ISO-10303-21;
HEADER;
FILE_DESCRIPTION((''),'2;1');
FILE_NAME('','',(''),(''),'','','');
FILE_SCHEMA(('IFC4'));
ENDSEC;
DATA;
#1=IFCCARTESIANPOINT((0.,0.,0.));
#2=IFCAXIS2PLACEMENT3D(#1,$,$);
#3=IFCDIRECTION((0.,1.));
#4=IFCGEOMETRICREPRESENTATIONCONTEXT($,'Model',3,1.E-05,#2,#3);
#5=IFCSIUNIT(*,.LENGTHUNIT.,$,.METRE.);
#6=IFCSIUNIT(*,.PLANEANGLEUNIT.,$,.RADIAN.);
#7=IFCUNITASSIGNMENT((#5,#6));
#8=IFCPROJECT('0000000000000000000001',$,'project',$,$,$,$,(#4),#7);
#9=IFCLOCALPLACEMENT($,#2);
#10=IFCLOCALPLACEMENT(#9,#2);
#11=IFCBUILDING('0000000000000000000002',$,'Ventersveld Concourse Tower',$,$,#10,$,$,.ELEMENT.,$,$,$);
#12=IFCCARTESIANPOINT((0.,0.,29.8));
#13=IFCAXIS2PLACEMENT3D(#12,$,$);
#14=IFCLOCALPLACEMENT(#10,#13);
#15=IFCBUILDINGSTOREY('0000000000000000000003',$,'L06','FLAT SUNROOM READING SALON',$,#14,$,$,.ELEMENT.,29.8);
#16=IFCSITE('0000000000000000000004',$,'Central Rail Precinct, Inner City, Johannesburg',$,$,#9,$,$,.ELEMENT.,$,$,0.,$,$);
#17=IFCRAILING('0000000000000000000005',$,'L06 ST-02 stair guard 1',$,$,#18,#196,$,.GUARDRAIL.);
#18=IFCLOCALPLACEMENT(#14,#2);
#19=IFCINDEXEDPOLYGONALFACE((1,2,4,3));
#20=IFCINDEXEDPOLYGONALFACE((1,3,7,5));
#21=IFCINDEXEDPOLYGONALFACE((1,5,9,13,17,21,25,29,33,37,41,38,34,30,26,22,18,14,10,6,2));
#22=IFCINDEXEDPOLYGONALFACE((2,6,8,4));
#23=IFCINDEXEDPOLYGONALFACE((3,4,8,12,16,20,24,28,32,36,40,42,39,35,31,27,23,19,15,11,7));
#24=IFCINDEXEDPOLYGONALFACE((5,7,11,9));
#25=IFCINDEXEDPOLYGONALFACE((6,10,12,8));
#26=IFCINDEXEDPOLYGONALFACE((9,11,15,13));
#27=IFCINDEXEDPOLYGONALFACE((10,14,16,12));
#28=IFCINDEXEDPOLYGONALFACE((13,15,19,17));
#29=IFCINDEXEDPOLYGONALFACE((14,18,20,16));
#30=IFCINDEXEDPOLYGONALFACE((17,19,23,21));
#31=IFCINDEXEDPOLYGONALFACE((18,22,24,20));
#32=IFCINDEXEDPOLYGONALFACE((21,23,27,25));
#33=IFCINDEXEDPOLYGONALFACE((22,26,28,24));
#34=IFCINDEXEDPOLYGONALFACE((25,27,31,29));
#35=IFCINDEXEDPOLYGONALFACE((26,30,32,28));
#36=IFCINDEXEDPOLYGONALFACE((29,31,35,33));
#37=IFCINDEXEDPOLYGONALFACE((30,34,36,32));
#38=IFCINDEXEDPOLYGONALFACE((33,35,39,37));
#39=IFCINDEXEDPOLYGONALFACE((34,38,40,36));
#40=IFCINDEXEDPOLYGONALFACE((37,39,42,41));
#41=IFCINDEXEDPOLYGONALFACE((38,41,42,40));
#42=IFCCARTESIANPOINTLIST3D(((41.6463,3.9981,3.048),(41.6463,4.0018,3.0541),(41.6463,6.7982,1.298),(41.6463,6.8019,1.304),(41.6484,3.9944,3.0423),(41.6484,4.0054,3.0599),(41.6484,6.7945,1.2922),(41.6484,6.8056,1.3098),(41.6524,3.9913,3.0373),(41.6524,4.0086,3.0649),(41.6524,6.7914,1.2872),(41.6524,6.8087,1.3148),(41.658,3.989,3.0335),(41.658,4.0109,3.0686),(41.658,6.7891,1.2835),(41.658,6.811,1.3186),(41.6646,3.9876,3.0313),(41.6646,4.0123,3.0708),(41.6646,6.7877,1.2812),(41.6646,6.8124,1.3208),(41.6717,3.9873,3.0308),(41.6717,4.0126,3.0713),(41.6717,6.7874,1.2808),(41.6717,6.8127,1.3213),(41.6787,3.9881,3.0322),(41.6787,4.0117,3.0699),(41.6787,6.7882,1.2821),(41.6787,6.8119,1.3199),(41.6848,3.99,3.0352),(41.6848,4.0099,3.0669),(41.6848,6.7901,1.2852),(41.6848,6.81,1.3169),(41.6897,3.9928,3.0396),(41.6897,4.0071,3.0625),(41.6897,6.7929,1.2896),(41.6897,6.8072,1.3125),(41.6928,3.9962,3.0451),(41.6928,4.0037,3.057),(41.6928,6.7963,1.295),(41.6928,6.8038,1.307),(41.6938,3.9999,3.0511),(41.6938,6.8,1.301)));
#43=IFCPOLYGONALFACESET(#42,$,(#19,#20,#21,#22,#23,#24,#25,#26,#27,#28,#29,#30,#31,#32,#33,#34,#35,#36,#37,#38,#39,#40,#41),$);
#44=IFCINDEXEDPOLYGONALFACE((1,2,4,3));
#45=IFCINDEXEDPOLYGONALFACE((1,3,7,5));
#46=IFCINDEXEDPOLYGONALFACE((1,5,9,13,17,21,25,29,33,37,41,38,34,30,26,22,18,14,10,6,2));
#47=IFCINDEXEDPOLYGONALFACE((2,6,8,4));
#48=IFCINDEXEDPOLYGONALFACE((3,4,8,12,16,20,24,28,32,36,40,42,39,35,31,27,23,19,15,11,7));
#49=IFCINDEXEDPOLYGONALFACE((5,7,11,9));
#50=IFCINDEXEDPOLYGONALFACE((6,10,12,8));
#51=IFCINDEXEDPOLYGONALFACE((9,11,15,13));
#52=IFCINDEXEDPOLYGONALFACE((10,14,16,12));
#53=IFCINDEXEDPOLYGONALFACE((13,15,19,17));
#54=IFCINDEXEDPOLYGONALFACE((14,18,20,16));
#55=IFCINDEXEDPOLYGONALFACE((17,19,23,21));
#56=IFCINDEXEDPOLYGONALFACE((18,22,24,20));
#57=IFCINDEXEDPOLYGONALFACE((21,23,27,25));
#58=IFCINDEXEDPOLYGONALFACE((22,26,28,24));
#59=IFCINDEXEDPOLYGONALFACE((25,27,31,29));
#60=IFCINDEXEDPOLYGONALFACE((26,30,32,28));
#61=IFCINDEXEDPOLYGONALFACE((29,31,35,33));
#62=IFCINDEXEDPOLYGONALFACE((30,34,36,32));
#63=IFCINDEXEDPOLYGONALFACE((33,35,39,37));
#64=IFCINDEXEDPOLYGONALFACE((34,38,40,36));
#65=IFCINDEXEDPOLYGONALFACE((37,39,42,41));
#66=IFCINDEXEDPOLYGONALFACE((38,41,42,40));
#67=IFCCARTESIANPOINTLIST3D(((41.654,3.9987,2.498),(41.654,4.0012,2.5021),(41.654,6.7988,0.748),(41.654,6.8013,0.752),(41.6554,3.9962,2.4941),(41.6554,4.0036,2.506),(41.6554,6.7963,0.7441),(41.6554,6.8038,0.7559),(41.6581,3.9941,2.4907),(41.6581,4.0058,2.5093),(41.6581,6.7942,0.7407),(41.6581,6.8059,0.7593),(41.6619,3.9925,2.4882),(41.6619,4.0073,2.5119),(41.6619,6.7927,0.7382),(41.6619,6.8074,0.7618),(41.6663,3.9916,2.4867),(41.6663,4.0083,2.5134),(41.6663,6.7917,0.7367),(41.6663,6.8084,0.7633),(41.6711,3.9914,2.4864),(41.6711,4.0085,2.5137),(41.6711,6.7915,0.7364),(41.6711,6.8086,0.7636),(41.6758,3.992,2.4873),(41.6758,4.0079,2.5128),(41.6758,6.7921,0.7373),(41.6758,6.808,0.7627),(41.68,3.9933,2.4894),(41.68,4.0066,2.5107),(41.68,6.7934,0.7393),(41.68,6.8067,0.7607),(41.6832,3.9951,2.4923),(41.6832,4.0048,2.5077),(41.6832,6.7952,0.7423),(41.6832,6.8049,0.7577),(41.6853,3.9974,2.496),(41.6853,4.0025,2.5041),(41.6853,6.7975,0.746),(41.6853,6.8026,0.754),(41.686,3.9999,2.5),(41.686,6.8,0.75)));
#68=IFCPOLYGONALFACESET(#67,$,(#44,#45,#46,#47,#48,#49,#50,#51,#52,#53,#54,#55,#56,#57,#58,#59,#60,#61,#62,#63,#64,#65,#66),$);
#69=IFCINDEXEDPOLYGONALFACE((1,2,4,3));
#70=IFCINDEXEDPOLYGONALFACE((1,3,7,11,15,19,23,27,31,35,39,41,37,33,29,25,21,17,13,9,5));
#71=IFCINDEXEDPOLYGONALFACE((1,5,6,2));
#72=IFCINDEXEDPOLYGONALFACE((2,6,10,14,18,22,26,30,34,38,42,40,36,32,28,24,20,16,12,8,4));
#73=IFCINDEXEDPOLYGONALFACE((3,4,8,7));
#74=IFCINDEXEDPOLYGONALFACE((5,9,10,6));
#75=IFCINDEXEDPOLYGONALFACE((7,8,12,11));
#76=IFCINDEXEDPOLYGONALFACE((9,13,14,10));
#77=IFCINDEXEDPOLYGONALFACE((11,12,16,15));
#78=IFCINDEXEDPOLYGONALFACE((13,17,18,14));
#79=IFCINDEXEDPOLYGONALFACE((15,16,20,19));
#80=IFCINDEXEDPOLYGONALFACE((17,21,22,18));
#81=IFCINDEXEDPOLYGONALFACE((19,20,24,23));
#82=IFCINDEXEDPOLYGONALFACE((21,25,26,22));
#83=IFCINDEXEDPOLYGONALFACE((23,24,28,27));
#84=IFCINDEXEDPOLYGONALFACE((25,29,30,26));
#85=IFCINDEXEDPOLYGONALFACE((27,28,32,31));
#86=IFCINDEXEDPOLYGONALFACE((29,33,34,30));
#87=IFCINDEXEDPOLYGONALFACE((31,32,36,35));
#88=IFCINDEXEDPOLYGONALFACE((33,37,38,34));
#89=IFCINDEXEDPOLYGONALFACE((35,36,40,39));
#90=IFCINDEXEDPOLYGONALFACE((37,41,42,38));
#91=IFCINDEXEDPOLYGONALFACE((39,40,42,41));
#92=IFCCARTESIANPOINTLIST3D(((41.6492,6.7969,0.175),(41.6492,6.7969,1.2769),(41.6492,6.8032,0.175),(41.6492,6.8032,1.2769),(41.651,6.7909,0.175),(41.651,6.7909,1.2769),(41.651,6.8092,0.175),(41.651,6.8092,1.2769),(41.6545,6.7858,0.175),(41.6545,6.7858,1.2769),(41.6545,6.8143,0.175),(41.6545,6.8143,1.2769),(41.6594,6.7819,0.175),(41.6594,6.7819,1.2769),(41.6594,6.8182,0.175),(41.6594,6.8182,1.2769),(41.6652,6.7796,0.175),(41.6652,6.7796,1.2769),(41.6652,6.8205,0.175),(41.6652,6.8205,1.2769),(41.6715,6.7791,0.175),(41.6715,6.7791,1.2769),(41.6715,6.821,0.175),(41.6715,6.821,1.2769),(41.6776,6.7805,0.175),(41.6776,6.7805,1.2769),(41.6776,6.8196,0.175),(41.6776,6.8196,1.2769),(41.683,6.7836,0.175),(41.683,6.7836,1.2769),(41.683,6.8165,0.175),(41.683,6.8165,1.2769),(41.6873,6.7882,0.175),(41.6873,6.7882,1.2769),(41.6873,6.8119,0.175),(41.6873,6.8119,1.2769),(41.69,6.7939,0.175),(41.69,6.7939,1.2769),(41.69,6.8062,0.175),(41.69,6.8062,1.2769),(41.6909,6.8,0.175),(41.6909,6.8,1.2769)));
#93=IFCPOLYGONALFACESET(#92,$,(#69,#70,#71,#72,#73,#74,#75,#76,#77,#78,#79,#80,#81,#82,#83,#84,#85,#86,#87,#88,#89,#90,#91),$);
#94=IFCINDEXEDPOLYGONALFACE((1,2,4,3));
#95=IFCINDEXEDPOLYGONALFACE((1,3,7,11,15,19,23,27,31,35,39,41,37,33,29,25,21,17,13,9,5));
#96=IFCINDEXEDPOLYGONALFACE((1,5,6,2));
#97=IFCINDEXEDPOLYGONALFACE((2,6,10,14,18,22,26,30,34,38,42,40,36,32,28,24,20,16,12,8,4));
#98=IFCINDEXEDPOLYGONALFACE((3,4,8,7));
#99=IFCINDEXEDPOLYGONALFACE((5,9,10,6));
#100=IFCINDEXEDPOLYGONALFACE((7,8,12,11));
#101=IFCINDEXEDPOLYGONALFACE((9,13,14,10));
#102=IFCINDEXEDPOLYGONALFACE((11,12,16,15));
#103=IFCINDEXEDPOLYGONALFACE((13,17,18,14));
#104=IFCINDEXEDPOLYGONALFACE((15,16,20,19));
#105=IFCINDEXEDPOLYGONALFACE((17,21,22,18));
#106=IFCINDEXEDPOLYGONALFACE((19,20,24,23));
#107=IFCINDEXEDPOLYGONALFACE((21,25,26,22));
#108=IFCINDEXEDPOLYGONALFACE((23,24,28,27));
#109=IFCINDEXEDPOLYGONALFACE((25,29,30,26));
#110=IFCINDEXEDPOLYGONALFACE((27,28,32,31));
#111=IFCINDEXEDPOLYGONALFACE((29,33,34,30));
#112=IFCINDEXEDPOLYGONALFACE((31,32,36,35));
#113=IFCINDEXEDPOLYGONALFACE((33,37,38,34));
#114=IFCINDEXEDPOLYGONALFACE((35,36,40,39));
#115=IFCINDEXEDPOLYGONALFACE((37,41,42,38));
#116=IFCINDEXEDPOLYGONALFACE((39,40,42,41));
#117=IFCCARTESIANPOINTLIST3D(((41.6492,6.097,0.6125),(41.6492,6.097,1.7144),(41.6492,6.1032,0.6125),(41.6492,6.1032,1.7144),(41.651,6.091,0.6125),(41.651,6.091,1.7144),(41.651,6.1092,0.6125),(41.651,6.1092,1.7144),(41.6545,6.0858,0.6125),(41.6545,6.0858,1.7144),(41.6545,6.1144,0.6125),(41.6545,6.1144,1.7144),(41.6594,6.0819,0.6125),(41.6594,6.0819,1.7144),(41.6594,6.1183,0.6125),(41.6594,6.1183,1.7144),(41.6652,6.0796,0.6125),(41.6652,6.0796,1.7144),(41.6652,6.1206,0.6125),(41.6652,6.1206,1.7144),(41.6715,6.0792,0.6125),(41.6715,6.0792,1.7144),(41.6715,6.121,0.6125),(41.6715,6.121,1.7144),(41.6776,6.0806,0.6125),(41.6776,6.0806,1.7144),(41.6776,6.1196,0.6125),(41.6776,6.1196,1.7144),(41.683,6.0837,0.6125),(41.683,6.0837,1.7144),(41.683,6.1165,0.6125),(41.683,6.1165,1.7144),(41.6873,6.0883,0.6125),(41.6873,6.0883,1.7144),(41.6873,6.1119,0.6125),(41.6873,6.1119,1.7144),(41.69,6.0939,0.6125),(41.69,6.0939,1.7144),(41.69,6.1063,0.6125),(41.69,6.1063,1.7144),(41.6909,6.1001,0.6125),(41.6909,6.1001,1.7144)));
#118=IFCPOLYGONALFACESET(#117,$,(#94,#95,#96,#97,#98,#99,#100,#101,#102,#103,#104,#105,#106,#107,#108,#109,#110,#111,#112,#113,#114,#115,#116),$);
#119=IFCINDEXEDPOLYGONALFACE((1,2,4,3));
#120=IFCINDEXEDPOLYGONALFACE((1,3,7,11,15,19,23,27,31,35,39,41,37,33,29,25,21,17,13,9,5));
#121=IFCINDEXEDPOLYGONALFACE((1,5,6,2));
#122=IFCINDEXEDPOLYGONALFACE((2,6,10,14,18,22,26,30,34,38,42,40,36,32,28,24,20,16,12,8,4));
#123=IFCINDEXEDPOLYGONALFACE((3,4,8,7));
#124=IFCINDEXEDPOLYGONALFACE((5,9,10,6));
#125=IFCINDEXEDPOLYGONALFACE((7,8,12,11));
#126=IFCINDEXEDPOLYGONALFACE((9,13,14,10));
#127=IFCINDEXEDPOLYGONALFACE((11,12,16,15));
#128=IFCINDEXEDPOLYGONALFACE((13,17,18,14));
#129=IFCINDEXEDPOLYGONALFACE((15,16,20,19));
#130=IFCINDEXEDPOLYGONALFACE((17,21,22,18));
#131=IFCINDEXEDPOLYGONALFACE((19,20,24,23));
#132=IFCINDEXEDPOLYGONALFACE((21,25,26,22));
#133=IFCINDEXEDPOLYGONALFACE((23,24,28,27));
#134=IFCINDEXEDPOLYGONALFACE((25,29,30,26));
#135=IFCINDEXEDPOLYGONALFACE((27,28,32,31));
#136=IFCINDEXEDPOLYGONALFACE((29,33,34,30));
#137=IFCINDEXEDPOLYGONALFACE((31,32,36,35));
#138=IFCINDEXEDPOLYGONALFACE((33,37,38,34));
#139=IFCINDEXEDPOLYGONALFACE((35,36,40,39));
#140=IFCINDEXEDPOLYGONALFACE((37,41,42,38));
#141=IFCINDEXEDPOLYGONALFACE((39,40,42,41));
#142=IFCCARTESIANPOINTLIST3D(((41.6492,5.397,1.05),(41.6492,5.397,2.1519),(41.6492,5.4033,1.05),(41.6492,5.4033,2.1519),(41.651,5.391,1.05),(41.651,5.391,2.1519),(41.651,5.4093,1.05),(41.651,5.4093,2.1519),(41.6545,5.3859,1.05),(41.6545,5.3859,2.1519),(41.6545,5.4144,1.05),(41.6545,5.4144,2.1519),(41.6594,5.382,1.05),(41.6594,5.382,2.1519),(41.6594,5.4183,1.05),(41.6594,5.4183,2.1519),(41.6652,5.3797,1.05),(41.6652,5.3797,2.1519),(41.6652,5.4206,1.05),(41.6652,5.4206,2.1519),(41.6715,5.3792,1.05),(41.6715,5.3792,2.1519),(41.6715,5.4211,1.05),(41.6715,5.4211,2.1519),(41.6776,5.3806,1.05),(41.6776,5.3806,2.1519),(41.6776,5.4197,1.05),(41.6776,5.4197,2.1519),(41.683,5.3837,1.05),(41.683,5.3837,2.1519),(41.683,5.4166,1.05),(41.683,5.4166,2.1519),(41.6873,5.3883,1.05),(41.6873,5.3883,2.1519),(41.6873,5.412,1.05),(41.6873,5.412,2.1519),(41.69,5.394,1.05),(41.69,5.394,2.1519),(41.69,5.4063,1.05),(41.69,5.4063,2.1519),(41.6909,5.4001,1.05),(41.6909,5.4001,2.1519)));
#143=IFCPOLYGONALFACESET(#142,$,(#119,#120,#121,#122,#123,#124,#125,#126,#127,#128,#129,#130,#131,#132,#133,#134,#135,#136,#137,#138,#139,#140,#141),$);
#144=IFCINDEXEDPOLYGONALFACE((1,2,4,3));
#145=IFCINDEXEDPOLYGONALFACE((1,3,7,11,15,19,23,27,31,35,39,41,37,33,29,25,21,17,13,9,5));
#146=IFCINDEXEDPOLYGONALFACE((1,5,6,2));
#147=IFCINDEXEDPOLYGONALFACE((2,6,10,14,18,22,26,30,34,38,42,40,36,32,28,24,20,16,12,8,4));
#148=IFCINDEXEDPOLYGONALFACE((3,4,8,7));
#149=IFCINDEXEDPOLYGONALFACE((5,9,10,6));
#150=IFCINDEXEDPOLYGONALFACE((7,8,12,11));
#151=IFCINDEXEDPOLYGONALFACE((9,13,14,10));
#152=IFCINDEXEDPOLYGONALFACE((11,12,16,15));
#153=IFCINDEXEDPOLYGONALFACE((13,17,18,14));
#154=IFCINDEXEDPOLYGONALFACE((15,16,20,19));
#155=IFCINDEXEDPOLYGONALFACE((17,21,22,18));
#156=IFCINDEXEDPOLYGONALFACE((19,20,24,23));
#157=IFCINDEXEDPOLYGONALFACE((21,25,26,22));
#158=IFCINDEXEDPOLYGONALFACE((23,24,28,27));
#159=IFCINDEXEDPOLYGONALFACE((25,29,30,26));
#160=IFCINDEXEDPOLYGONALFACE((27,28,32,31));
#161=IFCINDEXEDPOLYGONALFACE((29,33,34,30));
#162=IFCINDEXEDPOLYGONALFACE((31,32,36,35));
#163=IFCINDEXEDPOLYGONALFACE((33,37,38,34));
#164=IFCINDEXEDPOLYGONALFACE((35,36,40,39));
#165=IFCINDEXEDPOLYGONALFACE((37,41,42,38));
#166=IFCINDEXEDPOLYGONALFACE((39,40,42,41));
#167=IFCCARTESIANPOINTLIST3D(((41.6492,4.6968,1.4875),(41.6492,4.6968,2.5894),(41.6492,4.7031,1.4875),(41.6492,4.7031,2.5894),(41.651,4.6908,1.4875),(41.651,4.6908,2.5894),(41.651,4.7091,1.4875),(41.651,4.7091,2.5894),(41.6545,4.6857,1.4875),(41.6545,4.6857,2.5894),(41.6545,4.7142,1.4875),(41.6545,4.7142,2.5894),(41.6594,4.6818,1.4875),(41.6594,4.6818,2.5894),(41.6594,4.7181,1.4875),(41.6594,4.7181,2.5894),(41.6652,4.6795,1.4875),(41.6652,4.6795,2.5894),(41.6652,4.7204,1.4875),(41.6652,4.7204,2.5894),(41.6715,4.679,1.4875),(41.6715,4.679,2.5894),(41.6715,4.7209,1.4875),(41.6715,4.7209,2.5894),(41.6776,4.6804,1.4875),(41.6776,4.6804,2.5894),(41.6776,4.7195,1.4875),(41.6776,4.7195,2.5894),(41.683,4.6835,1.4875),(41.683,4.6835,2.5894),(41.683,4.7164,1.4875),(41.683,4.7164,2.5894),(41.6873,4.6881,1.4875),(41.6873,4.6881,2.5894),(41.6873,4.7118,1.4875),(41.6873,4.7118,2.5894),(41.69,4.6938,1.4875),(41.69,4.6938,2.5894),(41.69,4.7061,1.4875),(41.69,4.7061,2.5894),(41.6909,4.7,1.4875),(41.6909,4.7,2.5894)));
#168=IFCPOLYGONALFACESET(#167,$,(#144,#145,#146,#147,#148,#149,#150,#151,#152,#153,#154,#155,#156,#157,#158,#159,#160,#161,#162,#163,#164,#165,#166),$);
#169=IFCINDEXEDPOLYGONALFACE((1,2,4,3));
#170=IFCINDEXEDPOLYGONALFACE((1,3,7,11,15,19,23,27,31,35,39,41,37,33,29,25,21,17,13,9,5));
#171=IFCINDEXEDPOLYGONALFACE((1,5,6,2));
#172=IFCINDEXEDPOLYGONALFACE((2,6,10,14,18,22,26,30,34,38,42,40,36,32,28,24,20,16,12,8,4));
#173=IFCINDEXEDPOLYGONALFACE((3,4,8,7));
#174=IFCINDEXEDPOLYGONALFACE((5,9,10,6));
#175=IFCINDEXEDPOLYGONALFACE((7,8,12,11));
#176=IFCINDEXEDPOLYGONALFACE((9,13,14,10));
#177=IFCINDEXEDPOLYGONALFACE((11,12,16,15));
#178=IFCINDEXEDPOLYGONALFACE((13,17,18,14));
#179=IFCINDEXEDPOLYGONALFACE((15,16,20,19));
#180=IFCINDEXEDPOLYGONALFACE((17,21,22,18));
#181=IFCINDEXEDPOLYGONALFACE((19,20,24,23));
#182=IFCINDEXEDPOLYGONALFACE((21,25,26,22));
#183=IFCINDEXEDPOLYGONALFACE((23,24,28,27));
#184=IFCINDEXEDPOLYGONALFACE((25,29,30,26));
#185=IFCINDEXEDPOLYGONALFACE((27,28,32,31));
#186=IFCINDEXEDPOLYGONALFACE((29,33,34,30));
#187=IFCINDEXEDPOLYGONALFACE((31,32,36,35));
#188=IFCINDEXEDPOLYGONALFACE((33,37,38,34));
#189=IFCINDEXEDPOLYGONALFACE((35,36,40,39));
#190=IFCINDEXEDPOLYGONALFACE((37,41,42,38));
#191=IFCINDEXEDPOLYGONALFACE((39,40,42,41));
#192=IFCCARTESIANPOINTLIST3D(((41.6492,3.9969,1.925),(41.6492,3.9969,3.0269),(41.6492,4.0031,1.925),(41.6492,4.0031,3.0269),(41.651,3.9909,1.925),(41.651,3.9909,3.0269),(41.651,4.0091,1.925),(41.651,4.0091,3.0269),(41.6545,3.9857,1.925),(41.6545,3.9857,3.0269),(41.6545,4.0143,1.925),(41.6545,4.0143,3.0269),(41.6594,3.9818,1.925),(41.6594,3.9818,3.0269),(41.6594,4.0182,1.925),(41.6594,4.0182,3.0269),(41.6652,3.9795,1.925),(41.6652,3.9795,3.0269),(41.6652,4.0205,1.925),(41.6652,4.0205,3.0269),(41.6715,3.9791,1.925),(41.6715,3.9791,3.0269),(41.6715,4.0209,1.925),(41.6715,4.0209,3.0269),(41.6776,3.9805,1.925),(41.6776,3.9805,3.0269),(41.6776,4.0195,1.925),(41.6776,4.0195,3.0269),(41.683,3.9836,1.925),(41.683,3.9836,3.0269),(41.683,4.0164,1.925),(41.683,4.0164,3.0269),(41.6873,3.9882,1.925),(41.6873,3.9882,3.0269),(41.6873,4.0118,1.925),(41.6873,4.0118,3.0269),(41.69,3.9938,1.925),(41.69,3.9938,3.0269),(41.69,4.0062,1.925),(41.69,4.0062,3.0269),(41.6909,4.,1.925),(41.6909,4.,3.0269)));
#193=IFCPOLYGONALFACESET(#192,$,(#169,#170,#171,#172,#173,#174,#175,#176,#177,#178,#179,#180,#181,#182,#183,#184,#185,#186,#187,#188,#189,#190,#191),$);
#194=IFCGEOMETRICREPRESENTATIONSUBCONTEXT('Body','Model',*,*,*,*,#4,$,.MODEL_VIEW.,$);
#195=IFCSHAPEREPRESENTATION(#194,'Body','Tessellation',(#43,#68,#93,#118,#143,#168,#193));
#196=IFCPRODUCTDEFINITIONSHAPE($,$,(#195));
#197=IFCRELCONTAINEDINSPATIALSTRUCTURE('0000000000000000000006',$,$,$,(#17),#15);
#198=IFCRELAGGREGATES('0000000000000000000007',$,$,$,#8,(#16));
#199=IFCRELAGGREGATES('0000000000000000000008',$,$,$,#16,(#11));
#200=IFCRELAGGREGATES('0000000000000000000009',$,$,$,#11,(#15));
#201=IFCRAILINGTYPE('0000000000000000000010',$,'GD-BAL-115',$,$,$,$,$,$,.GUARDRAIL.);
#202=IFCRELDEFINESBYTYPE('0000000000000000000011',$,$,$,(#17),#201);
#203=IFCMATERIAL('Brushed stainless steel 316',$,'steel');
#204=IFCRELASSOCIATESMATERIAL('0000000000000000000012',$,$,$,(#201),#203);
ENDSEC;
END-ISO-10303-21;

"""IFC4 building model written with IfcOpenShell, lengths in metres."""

from ifc_helpers import new_model, si_unit, direction, frame, origin, origin_2d, place, context, subcontext, project, spatial, circle, extrude, material, type_object, element, save


model = new_model("IFC4")

# Units and contexts
model_context = context("Model", 3, precision=1e-05, world=origin(), true_north=direction((0.0, 1.0)))
body_context = subcontext(model_context, "Body", "Model", "MODEL_VIEW")
ifc_project = project(units=[si_unit("LENGTHUNIT", "METRE"), si_unit("PLANEANGLEUNIT", "RADIAN")], contexts=[model_context])

# Site, building, storey
site_placement = place(None, origin())
site = spatial("IfcSite", under=ifc_project, at=site_placement, Name="Central Rail Precinct, Inner City, Johannesburg", CompositionType="ELEMENT", RefElevation=0.0)
building_placement = place(site_placement, origin())
building = spatial("IfcBuilding", under=site, at=building_placement, Name="Ventersveld Concourse Tower", CompositionType="ELEMENT")
storey_placement = place(building_placement, frame((0.0, 0.0, 29.8)))
storey = spatial("IfcBuildingStorey", under=building, at=storey_placement, Name="L06", Description="FLAT SUNROOM READING SALON", CompositionType="ELEMENT", Elevation=29.8)

# Railing
ifc_material_1 = material(Name="Brushed stainless steel 316", Category="steel")
railing_type_1 = type_object("IfcRailingType", Name="GD-BAL-115", PredefinedType="GUARDRAIL", material=ifc_material_1)
railing_1_placement = place(storey_placement, frame((41.6699, 6.8, 0.175)))
element("IfcRailing", 1, at=railing_1_placement, inside=storey, type_object=railing_type_1, Name="L06 ST-02 stair guard 1", PredefinedType="GUARDRAIL", context=body_context, shape_type="SweptSolid", body=[
    extrude(circle(Radius=0.0239, at=origin_2d()), frame((0.0, 0.0, 1.126), z_axis=(0.0, -0.848002, 0.529992), x_axis=(1.0, 0.0, 0.0)), (0.0, 0.0, 1.0), 3.302),
    extrude(circle(Radius=0.0161, at=origin_2d()), frame((0.0, 0.0, 0.575), z_axis=(0.0, -0.848002, 0.529992), x_axis=(1.0, 0.0, 0.0)), (0.0, 0.0, 1.0), 3.302),
    extrude(circle(Radius=0.021, at=origin_2d()), origin(), (0.0, 0.0, 1.0), 1.1018),
    extrude(circle(Radius=0.021, at=origin_2d()), frame((0.0, -0.7, 0.4375)), (0.0, 0.0, 1.0), 1.1018),
    extrude(circle(Radius=0.021, at=origin_2d()), frame((0.0, -1.3999, 0.875)), (0.0, 0.0, 1.0), 1.1018),
    extrude(circle(Radius=0.021, at=origin_2d()), frame((0.0, -2.1001, 1.3125)), (0.0, 0.0, 1.0), 1.1018),
    extrude(circle(Radius=0.021, at=origin_2d()), frame((0.0, -2.8, 1.75)), (0.0, 0.0, 1.0), 1.1018),
])

save(model, "model.ifc")
